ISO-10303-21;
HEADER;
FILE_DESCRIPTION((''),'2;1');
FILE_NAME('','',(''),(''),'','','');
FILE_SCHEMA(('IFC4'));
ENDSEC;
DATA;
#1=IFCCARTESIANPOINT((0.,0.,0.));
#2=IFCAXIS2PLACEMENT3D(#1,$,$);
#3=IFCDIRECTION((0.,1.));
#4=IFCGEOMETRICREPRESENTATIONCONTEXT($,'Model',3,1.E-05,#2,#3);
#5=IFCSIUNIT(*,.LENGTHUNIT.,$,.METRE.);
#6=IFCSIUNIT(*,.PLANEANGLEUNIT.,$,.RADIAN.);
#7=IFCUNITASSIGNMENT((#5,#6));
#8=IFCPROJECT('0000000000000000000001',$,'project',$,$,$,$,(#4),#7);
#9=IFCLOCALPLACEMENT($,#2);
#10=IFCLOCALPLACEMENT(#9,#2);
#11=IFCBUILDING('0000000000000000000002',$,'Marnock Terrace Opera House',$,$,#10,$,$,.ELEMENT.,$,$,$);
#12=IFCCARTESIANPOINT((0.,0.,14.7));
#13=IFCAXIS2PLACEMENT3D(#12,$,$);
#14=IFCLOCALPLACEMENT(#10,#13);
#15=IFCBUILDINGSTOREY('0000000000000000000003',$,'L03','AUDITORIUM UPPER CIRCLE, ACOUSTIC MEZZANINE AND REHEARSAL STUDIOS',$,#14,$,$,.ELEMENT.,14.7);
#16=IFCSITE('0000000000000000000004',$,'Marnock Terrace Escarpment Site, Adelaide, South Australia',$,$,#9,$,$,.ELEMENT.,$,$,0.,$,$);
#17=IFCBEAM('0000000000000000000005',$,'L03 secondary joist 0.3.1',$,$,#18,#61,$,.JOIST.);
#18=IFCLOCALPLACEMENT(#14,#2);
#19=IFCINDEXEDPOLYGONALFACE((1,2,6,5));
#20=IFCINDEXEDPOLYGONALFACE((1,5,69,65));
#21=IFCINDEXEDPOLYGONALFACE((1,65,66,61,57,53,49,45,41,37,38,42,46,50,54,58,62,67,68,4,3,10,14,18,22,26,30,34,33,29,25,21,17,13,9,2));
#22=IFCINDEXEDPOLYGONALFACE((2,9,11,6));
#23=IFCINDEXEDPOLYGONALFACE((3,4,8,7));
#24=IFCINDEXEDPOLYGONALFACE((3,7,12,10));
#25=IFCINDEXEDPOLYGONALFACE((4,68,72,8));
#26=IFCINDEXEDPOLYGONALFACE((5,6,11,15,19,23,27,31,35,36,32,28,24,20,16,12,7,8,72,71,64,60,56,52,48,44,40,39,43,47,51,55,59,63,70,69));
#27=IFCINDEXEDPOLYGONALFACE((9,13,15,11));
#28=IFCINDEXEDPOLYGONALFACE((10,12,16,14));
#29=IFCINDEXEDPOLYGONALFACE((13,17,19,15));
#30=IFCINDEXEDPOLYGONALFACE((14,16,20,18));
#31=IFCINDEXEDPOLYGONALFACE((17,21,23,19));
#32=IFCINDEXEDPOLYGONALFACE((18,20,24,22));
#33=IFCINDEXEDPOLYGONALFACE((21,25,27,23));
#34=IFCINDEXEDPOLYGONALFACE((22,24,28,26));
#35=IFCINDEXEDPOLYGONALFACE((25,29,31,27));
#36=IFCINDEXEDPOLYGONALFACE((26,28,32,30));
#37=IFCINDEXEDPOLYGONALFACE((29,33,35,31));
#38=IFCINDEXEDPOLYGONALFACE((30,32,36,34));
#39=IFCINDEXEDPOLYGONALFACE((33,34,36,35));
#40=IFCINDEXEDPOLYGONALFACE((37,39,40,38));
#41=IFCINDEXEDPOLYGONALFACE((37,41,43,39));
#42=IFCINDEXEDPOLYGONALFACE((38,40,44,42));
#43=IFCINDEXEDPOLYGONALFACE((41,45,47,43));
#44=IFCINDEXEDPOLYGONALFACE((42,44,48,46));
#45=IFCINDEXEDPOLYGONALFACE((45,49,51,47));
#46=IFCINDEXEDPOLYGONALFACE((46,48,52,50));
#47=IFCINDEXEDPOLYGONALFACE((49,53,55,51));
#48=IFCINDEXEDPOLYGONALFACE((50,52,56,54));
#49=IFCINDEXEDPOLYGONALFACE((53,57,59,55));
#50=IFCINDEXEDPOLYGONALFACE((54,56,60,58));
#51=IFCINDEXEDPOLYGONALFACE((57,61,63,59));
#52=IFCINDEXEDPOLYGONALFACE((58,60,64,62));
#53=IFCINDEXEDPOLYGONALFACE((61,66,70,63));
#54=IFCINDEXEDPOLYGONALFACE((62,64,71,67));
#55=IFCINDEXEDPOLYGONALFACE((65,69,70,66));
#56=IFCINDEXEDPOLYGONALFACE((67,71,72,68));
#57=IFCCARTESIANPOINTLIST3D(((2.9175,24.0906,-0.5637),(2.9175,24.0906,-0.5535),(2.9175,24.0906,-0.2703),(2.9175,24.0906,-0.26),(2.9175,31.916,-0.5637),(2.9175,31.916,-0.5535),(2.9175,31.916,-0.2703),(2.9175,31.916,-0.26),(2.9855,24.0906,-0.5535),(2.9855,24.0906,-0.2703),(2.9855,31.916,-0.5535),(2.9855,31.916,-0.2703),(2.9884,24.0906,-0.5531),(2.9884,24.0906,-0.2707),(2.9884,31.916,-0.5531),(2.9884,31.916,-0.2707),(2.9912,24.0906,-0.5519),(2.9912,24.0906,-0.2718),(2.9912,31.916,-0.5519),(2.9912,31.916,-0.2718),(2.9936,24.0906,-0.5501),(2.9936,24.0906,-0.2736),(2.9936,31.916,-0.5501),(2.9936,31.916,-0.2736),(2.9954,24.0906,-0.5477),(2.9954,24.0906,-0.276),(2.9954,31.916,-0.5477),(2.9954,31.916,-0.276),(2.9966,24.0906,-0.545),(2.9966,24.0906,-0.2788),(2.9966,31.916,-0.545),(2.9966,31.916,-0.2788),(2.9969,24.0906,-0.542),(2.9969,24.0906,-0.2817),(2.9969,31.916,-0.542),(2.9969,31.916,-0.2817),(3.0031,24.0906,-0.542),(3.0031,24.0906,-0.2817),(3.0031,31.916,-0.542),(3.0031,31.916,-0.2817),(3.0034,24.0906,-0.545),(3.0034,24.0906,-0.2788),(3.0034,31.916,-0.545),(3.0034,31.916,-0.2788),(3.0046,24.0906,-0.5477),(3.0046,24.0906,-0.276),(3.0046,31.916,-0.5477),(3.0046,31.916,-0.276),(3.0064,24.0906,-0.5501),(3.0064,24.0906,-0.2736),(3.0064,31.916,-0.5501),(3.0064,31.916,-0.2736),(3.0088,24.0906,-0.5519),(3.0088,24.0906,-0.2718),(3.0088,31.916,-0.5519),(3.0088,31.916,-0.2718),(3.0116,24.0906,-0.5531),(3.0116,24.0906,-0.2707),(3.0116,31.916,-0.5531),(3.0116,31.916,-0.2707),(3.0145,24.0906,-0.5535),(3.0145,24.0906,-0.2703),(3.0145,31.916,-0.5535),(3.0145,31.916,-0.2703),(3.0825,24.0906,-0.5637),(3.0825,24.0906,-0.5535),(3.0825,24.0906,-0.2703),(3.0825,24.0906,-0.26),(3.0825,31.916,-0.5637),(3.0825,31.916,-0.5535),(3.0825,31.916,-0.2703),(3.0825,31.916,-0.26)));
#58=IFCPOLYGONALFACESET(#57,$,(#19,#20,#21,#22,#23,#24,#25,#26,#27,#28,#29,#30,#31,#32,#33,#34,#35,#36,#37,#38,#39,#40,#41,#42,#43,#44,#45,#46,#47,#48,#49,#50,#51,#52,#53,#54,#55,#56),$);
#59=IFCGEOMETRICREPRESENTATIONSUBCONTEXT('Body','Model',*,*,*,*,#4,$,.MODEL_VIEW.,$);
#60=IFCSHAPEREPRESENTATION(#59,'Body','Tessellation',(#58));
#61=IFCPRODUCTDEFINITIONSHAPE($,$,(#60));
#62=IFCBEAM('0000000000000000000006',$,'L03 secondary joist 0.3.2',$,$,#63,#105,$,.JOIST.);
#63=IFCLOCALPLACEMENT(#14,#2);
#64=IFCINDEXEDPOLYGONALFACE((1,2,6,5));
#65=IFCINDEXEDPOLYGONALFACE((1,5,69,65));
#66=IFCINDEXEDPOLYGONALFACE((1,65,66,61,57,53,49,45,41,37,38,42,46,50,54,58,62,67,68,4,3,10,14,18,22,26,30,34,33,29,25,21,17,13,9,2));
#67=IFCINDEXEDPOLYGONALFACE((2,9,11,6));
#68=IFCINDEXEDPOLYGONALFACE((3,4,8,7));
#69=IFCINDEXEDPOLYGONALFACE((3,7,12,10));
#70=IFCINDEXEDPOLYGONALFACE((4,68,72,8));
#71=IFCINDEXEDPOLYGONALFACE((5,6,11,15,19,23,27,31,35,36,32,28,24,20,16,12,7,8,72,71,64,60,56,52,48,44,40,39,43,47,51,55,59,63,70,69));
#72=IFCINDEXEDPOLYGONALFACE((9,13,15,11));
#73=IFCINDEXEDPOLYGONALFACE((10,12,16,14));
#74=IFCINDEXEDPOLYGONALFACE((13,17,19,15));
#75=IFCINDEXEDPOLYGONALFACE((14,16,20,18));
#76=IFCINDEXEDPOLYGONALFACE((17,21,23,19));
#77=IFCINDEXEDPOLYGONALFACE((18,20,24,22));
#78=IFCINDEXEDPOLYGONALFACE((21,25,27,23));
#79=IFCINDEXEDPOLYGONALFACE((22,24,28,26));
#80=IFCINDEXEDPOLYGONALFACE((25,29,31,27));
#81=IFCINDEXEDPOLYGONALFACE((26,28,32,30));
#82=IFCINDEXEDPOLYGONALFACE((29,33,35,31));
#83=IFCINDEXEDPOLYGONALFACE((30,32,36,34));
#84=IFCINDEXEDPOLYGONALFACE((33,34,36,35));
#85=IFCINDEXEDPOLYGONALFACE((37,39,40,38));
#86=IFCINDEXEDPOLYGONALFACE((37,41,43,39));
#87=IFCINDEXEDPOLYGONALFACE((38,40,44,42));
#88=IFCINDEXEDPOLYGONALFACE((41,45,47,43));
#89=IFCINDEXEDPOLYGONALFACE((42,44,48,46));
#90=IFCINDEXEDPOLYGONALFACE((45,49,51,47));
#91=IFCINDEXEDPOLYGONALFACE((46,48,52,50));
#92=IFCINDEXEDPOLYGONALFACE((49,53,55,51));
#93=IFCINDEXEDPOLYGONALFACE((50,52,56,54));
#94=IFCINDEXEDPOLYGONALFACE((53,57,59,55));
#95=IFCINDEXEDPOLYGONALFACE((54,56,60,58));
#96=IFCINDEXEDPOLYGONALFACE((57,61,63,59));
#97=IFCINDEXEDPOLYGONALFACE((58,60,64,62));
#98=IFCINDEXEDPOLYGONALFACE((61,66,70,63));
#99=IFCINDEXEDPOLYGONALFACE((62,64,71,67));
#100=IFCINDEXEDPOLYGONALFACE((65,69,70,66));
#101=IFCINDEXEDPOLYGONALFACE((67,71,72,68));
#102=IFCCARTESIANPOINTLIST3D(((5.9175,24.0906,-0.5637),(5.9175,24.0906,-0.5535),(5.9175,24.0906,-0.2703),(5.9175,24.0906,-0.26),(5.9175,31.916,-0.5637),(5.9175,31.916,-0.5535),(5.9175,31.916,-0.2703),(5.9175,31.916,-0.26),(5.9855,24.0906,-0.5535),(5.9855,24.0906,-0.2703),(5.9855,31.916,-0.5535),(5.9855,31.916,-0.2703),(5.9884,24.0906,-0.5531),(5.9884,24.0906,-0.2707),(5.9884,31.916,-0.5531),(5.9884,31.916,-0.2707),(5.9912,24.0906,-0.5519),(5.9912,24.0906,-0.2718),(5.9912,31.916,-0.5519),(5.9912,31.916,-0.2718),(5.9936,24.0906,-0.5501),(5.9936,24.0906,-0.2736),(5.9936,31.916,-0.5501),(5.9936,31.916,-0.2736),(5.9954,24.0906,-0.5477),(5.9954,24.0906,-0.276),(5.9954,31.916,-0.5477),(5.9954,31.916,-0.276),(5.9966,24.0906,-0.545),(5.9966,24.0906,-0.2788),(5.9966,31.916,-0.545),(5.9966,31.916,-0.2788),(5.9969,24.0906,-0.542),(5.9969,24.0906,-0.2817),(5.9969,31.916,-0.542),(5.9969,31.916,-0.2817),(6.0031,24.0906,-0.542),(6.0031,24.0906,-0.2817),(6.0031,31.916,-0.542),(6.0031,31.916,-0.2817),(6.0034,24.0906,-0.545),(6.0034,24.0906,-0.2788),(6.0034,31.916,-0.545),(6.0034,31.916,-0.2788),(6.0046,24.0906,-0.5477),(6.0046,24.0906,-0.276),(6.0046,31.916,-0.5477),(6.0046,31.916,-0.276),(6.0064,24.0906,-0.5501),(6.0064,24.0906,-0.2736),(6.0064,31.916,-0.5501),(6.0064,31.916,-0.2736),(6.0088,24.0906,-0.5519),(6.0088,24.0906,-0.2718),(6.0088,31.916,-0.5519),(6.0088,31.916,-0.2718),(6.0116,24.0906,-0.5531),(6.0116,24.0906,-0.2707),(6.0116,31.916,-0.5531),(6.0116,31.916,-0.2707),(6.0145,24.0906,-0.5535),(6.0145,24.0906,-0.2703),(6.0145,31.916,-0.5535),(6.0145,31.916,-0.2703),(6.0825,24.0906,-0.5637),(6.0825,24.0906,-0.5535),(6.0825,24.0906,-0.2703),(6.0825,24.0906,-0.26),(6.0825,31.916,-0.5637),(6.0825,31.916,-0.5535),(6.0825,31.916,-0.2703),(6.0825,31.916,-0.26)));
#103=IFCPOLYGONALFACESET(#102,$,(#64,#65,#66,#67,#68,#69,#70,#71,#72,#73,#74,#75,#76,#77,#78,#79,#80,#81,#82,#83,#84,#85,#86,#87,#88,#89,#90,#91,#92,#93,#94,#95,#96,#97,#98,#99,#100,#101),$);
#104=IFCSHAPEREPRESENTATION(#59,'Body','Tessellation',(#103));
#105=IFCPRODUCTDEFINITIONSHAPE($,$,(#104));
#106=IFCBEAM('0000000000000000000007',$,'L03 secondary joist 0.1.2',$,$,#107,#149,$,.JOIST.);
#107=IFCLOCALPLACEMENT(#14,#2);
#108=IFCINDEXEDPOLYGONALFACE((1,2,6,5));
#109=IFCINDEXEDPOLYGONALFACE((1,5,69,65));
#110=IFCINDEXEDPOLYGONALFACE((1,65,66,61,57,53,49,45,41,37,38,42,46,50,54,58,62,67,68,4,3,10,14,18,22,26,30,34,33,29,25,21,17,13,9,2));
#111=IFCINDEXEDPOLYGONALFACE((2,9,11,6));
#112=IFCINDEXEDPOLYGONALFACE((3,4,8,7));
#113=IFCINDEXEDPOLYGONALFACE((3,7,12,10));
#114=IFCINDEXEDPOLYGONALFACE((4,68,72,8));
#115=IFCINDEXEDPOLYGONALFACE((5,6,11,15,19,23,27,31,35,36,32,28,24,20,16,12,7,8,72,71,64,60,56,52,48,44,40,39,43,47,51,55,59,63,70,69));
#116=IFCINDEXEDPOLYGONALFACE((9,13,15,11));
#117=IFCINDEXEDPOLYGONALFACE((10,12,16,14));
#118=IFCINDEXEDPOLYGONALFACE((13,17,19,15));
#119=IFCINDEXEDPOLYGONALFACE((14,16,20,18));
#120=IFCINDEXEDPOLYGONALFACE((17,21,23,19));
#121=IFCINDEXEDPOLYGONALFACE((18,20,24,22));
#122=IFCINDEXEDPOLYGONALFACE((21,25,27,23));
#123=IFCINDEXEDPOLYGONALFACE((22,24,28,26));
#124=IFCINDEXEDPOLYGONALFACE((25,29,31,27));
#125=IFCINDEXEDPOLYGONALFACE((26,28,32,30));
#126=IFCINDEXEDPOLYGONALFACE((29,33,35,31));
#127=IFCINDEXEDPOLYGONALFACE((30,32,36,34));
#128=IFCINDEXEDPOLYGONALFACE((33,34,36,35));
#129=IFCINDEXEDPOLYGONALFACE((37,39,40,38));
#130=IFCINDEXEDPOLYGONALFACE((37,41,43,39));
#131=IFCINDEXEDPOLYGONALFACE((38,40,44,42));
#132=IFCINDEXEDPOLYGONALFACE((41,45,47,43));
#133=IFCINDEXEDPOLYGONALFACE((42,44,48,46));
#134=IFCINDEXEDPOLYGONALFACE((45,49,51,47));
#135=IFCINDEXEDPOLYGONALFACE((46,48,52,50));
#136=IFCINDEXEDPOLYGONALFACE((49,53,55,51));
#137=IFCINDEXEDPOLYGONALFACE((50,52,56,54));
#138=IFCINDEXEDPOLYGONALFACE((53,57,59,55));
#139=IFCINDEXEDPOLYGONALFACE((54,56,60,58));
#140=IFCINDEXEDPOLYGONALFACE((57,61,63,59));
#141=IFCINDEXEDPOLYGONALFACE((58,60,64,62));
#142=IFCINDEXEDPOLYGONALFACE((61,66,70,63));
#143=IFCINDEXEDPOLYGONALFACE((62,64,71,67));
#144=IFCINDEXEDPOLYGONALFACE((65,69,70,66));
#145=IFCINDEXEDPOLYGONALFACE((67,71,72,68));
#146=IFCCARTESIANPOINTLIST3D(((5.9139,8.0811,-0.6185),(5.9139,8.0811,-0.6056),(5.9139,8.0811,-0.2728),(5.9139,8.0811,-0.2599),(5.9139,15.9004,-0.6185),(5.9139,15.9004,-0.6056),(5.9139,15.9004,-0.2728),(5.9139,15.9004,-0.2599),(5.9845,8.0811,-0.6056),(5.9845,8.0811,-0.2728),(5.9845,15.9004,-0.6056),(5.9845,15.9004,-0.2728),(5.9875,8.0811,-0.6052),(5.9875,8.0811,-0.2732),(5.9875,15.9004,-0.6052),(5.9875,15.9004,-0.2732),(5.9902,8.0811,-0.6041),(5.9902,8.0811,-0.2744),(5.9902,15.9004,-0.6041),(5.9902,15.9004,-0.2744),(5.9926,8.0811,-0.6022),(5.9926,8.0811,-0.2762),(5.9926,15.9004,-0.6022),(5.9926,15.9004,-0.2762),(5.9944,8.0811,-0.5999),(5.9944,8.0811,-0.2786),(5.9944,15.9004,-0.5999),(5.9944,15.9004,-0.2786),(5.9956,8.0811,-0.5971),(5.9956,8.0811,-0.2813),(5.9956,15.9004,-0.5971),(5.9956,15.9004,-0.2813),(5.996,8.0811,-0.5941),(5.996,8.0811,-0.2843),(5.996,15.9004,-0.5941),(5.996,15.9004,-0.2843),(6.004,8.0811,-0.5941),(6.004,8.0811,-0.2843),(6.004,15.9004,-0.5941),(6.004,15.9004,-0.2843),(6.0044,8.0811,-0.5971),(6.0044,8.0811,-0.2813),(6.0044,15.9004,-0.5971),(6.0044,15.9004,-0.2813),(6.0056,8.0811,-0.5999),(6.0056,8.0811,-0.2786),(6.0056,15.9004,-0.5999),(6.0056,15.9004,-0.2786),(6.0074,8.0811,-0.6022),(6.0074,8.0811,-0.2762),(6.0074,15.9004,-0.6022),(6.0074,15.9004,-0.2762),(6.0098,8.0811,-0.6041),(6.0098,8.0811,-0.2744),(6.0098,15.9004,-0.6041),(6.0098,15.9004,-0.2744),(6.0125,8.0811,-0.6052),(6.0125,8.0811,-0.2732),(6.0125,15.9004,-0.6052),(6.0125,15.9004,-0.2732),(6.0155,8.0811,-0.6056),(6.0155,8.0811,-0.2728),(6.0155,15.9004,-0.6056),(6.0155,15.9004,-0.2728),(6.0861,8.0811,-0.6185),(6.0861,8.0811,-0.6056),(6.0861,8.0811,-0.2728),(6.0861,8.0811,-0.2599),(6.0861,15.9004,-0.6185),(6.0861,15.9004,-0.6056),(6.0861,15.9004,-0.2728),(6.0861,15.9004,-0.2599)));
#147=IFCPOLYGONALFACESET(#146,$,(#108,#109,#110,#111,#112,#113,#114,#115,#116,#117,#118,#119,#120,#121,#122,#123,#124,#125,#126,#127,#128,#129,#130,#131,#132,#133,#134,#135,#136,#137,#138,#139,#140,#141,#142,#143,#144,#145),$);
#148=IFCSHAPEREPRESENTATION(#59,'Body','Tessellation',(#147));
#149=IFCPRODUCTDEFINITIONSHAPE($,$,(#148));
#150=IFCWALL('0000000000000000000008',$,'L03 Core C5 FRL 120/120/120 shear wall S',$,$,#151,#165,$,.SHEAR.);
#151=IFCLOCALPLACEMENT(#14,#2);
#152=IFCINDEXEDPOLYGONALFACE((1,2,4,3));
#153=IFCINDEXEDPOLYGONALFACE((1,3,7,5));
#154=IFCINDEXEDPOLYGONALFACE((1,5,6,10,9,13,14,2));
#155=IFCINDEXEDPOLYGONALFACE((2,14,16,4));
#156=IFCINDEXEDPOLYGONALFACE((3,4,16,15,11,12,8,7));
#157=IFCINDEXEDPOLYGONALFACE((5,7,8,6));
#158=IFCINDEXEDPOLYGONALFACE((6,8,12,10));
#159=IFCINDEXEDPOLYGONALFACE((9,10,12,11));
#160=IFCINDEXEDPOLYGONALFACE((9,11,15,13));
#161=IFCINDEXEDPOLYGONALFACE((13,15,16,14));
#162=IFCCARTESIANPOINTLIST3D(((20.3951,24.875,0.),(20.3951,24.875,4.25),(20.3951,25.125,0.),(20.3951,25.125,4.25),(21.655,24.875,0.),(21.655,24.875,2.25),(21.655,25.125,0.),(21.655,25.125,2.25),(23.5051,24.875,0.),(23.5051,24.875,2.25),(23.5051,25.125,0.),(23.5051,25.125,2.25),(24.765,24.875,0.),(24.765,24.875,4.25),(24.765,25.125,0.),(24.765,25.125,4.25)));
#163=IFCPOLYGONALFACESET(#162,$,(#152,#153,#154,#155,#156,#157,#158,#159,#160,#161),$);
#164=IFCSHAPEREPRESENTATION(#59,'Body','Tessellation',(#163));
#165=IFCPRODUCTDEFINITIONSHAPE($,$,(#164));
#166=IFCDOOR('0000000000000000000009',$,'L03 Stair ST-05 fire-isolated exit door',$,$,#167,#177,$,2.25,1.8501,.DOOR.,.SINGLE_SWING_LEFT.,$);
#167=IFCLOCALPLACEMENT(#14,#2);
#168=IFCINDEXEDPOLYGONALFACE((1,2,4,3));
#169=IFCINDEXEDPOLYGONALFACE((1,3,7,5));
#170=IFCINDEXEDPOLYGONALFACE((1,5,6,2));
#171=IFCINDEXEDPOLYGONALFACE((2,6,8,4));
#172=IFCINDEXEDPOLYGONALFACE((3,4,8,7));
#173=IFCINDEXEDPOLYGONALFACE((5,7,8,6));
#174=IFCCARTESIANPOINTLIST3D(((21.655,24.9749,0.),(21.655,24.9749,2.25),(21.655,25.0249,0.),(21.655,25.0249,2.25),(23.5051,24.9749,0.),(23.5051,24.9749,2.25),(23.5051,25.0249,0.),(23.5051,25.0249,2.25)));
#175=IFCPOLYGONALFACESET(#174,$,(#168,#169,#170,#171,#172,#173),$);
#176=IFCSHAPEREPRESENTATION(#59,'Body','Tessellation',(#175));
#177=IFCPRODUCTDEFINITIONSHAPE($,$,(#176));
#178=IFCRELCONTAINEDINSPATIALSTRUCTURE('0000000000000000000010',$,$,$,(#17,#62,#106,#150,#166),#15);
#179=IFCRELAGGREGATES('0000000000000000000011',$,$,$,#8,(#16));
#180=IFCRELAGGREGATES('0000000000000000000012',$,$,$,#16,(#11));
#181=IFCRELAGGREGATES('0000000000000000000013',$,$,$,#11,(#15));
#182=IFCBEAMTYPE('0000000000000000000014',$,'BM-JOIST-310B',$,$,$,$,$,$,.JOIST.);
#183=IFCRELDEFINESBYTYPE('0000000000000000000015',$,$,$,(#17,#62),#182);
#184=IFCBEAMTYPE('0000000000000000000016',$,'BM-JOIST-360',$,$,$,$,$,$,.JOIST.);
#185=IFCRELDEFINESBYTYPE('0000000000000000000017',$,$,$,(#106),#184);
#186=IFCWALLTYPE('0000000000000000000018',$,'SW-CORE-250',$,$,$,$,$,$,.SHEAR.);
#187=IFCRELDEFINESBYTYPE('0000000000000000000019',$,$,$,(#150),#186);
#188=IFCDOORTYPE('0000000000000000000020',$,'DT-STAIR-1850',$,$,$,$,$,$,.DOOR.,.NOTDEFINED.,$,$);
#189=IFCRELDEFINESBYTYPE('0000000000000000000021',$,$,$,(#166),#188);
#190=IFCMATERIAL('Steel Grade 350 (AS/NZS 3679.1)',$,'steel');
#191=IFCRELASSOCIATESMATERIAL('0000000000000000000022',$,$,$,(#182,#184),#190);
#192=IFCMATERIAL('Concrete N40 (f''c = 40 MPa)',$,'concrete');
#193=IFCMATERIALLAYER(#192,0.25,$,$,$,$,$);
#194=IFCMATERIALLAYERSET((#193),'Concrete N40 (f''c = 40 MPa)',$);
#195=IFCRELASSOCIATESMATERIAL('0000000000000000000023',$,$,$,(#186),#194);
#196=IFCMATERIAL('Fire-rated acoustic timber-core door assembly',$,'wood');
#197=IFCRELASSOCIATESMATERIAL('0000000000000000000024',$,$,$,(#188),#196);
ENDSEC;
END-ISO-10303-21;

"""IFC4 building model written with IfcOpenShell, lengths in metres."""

from ifc_helpers import new_model, si_unit, direction, frame, frame_2d, origin, origin_2d, place, context, subcontext, project, spatial, rectangle, i_section, extrude, material, layer, layer_set, material_profile, profile_set, type_object, element, fill, save


model = new_model("IFC4")

# Units and contexts
model_context = context("Model", 3, precision=1e-05, world=origin(), true_north=direction((0.0, 1.0)))
body_context = subcontext(model_context, "Body", "Model", "MODEL_VIEW")
ifc_project = project(units=[si_unit("LENGTHUNIT", "METRE"), si_unit("PLANEANGLEUNIT", "RADIAN")], contexts=[model_context])

# Site, building, storey
site_placement = place(None, origin())
site = spatial("IfcSite", under=ifc_project, at=site_placement, Name="Marnock Terrace Escarpment Site, Adelaide, South Australia", CompositionType="ELEMENT", RefElevation=0.0)
building_placement = place(site_placement, origin())
building = spatial("IfcBuilding", under=site, at=building_placement, Name="Marnock Terrace Opera House", CompositionType="ELEMENT")
storey_placement = place(building_placement, frame((0.0, 0.0, 14.7)))
storey = spatial("IfcBuildingStorey", under=building, at=storey_placement, Name="L03", Description="AUDITORIUM UPPER CIRCLE, ACOUSTIC MEZZANINE AND REHEARSAL STUDIOS", CompositionType="ELEMENT", Elevation=14.7)

# Shared definitions
ifc_material_1 = material(Name="Concrete N40 (f'c = 40 MPa)", Category="concrete")
ifc_material_2 = material(Name="Steel Grade 350 (AS/NZS 3679.1)", Category="steel")

# Beams
ifc_material_profile_1 = material_profile(ifc_material_2, i_section(OverallWidth=0.165, OverallDepth=0.3037, WebThickness=0.0061, FlangeThickness=0.0103, FilletRadius=0.0115, at=origin_2d()))
ifc_profile_set_1 = profile_set([ifc_material_profile_1], Name="Steel Grade 350 (AS/NZS 3679.1)")
beam_type_1 = type_object("IfcBeamType", Name="BM-JOIST-310B", PredefinedType="JOIST", material=ifc_profile_set_1)
for number, where, z_axis, x_axis, name in (
    (1, (3.0, 24.0906, -0.4119), (0.0, 1.0, 0.0), (-1.0, 0.0, 0.0), "L03 secondary joist 0.3.1"),
    (2, (6.0, 24.0906, -0.4119), (0.0, 1.0, 0.0), (-1.0, 0.0, 0.0), "L03 secondary joist 0.3.2"),
):
    element("IfcBeam", number, at=place(storey_placement, frame(where, z_axis=z_axis, x_axis=x_axis)), inside=storey, type_object=beam_type_1, Name=name, PredefinedType="JOIST", context=body_context, shape_type="SweptSolid", body=[
        extrude(i_section(OverallWidth=0.165, OverallDepth=0.3037, WebThickness=0.0061, FlangeThickness=0.0103, FilletRadius=0.0115, at=origin_2d()), origin(), (0.0, 0.0, 1.0), 7.8254),
    ])
ifc_material_profile_2 = material_profile(ifc_material_2, i_section(OverallWidth=0.1721, OverallDepth=0.3586, WebThickness=0.0081, FlangeThickness=0.0129, FilletRadius=0.0115, at=origin_2d()))
ifc_profile_set_2 = profile_set([ifc_material_profile_2], Name="Steel Grade 350 (AS/NZS 3679.1)")
beam_type_2 = type_object("IfcBeamType", Name="BM-JOIST-360", PredefinedType="JOIST", material=ifc_profile_set_2)
beam_1_placement = place(storey_placement, frame((6.0, 8.0811, -0.4392), z_axis=(0.0, 1.0, 0.0), x_axis=(-1.0, 0.0, 0.0)))
element("IfcBeam", 3, at=beam_1_placement, inside=storey, type_object=beam_type_2, Name="L03 secondary joist 0.1.2", PredefinedType="JOIST", context=body_context, shape_type="SweptSolid", body=[
    extrude(i_section(OverallWidth=0.1721, OverallDepth=0.3586, WebThickness=0.0081, FlangeThickness=0.0129, FilletRadius=0.0115, at=origin_2d()), origin(), (0.0, 0.0, 1.0), 7.8193),
])

# Wall, opening, door
ifc_layer = layer(ifc_material_1, 0.25)
ifc_layer_set = layer_set([ifc_layer], Name="Concrete N40 (f'c = 40 MPa)")
wall_type = type_object("IfcWallType", Name="SW-CORE-250", PredefinedType="SHEAR", material=ifc_layer_set)
wall_placement = place(storey_placement, frame((20.395, 25.0, 0.0), z_axis=(0.0, 0.0, 1.0), x_axis=(1.0, 0.0, 0.0)))
wall = element("IfcWall", 4, at=wall_placement, inside=storey, type_object=wall_type, Name="L03 Core C5 FRL 120/120/120 shear wall S", PredefinedType="SHEAR", context=body_context, shape_type="SweptSolid", body=[
    extrude(rectangle(XDim=4.3699, YDim=0.25, at=frame_2d((2.1851, 0.0))), origin(), (0.0, 0.0, 1.0), 4.25),
])
opening_placement = place(wall_placement, frame((1.26, 0.0, 0.0)))
opening = element("IfcOpeningElement", 5, at=opening_placement, cuts=wall, PredefinedType="OPENING", context=body_context, shape_type="SweptSolid", body=[
    extrude(rectangle(XDim=1.8501, YDim=2.25, at=frame_2d((0.925, 1.125))), frame((0.0, 0.135, 0.0), z_axis=(0.0, -1.0, 0.0), x_axis=(1.0, 0.0, 0.0)), (0.0, 0.0, 1.0), 0.27),
])
ifc_material_3 = material(Name="Fire-rated acoustic timber-core door assembly", Category="wood")
door_type = type_object("IfcDoorType", Name="DT-STAIR-1850", OperationType="NOTDEFINED", PredefinedType="DOOR", material=ifc_material_3)
door_placement = place(opening_placement, origin())
door = element("IfcDoor", 6, at=door_placement, inside=storey, type_object=door_type, Name="L03 Stair ST-05 fire-isolated exit door", OperationType="SINGLE_SWING_LEFT", OverallHeight=2.25, OverallWidth=1.8501, PredefinedType="DOOR", context=body_context, shape_type="SweptSolid", body=[
    extrude(rectangle(XDim=1.8501, YDim=2.25, at=frame_2d((0.925, 1.125))), frame((0.0, 0.0249, 0.0), z_axis=(0.0, -1.0, 0.0), x_axis=(1.0, 0.0, 0.0)), (0.0, 0.0, 1.0), 0.05),
])
fill(opening, door)

save(model, "model.ifc")
